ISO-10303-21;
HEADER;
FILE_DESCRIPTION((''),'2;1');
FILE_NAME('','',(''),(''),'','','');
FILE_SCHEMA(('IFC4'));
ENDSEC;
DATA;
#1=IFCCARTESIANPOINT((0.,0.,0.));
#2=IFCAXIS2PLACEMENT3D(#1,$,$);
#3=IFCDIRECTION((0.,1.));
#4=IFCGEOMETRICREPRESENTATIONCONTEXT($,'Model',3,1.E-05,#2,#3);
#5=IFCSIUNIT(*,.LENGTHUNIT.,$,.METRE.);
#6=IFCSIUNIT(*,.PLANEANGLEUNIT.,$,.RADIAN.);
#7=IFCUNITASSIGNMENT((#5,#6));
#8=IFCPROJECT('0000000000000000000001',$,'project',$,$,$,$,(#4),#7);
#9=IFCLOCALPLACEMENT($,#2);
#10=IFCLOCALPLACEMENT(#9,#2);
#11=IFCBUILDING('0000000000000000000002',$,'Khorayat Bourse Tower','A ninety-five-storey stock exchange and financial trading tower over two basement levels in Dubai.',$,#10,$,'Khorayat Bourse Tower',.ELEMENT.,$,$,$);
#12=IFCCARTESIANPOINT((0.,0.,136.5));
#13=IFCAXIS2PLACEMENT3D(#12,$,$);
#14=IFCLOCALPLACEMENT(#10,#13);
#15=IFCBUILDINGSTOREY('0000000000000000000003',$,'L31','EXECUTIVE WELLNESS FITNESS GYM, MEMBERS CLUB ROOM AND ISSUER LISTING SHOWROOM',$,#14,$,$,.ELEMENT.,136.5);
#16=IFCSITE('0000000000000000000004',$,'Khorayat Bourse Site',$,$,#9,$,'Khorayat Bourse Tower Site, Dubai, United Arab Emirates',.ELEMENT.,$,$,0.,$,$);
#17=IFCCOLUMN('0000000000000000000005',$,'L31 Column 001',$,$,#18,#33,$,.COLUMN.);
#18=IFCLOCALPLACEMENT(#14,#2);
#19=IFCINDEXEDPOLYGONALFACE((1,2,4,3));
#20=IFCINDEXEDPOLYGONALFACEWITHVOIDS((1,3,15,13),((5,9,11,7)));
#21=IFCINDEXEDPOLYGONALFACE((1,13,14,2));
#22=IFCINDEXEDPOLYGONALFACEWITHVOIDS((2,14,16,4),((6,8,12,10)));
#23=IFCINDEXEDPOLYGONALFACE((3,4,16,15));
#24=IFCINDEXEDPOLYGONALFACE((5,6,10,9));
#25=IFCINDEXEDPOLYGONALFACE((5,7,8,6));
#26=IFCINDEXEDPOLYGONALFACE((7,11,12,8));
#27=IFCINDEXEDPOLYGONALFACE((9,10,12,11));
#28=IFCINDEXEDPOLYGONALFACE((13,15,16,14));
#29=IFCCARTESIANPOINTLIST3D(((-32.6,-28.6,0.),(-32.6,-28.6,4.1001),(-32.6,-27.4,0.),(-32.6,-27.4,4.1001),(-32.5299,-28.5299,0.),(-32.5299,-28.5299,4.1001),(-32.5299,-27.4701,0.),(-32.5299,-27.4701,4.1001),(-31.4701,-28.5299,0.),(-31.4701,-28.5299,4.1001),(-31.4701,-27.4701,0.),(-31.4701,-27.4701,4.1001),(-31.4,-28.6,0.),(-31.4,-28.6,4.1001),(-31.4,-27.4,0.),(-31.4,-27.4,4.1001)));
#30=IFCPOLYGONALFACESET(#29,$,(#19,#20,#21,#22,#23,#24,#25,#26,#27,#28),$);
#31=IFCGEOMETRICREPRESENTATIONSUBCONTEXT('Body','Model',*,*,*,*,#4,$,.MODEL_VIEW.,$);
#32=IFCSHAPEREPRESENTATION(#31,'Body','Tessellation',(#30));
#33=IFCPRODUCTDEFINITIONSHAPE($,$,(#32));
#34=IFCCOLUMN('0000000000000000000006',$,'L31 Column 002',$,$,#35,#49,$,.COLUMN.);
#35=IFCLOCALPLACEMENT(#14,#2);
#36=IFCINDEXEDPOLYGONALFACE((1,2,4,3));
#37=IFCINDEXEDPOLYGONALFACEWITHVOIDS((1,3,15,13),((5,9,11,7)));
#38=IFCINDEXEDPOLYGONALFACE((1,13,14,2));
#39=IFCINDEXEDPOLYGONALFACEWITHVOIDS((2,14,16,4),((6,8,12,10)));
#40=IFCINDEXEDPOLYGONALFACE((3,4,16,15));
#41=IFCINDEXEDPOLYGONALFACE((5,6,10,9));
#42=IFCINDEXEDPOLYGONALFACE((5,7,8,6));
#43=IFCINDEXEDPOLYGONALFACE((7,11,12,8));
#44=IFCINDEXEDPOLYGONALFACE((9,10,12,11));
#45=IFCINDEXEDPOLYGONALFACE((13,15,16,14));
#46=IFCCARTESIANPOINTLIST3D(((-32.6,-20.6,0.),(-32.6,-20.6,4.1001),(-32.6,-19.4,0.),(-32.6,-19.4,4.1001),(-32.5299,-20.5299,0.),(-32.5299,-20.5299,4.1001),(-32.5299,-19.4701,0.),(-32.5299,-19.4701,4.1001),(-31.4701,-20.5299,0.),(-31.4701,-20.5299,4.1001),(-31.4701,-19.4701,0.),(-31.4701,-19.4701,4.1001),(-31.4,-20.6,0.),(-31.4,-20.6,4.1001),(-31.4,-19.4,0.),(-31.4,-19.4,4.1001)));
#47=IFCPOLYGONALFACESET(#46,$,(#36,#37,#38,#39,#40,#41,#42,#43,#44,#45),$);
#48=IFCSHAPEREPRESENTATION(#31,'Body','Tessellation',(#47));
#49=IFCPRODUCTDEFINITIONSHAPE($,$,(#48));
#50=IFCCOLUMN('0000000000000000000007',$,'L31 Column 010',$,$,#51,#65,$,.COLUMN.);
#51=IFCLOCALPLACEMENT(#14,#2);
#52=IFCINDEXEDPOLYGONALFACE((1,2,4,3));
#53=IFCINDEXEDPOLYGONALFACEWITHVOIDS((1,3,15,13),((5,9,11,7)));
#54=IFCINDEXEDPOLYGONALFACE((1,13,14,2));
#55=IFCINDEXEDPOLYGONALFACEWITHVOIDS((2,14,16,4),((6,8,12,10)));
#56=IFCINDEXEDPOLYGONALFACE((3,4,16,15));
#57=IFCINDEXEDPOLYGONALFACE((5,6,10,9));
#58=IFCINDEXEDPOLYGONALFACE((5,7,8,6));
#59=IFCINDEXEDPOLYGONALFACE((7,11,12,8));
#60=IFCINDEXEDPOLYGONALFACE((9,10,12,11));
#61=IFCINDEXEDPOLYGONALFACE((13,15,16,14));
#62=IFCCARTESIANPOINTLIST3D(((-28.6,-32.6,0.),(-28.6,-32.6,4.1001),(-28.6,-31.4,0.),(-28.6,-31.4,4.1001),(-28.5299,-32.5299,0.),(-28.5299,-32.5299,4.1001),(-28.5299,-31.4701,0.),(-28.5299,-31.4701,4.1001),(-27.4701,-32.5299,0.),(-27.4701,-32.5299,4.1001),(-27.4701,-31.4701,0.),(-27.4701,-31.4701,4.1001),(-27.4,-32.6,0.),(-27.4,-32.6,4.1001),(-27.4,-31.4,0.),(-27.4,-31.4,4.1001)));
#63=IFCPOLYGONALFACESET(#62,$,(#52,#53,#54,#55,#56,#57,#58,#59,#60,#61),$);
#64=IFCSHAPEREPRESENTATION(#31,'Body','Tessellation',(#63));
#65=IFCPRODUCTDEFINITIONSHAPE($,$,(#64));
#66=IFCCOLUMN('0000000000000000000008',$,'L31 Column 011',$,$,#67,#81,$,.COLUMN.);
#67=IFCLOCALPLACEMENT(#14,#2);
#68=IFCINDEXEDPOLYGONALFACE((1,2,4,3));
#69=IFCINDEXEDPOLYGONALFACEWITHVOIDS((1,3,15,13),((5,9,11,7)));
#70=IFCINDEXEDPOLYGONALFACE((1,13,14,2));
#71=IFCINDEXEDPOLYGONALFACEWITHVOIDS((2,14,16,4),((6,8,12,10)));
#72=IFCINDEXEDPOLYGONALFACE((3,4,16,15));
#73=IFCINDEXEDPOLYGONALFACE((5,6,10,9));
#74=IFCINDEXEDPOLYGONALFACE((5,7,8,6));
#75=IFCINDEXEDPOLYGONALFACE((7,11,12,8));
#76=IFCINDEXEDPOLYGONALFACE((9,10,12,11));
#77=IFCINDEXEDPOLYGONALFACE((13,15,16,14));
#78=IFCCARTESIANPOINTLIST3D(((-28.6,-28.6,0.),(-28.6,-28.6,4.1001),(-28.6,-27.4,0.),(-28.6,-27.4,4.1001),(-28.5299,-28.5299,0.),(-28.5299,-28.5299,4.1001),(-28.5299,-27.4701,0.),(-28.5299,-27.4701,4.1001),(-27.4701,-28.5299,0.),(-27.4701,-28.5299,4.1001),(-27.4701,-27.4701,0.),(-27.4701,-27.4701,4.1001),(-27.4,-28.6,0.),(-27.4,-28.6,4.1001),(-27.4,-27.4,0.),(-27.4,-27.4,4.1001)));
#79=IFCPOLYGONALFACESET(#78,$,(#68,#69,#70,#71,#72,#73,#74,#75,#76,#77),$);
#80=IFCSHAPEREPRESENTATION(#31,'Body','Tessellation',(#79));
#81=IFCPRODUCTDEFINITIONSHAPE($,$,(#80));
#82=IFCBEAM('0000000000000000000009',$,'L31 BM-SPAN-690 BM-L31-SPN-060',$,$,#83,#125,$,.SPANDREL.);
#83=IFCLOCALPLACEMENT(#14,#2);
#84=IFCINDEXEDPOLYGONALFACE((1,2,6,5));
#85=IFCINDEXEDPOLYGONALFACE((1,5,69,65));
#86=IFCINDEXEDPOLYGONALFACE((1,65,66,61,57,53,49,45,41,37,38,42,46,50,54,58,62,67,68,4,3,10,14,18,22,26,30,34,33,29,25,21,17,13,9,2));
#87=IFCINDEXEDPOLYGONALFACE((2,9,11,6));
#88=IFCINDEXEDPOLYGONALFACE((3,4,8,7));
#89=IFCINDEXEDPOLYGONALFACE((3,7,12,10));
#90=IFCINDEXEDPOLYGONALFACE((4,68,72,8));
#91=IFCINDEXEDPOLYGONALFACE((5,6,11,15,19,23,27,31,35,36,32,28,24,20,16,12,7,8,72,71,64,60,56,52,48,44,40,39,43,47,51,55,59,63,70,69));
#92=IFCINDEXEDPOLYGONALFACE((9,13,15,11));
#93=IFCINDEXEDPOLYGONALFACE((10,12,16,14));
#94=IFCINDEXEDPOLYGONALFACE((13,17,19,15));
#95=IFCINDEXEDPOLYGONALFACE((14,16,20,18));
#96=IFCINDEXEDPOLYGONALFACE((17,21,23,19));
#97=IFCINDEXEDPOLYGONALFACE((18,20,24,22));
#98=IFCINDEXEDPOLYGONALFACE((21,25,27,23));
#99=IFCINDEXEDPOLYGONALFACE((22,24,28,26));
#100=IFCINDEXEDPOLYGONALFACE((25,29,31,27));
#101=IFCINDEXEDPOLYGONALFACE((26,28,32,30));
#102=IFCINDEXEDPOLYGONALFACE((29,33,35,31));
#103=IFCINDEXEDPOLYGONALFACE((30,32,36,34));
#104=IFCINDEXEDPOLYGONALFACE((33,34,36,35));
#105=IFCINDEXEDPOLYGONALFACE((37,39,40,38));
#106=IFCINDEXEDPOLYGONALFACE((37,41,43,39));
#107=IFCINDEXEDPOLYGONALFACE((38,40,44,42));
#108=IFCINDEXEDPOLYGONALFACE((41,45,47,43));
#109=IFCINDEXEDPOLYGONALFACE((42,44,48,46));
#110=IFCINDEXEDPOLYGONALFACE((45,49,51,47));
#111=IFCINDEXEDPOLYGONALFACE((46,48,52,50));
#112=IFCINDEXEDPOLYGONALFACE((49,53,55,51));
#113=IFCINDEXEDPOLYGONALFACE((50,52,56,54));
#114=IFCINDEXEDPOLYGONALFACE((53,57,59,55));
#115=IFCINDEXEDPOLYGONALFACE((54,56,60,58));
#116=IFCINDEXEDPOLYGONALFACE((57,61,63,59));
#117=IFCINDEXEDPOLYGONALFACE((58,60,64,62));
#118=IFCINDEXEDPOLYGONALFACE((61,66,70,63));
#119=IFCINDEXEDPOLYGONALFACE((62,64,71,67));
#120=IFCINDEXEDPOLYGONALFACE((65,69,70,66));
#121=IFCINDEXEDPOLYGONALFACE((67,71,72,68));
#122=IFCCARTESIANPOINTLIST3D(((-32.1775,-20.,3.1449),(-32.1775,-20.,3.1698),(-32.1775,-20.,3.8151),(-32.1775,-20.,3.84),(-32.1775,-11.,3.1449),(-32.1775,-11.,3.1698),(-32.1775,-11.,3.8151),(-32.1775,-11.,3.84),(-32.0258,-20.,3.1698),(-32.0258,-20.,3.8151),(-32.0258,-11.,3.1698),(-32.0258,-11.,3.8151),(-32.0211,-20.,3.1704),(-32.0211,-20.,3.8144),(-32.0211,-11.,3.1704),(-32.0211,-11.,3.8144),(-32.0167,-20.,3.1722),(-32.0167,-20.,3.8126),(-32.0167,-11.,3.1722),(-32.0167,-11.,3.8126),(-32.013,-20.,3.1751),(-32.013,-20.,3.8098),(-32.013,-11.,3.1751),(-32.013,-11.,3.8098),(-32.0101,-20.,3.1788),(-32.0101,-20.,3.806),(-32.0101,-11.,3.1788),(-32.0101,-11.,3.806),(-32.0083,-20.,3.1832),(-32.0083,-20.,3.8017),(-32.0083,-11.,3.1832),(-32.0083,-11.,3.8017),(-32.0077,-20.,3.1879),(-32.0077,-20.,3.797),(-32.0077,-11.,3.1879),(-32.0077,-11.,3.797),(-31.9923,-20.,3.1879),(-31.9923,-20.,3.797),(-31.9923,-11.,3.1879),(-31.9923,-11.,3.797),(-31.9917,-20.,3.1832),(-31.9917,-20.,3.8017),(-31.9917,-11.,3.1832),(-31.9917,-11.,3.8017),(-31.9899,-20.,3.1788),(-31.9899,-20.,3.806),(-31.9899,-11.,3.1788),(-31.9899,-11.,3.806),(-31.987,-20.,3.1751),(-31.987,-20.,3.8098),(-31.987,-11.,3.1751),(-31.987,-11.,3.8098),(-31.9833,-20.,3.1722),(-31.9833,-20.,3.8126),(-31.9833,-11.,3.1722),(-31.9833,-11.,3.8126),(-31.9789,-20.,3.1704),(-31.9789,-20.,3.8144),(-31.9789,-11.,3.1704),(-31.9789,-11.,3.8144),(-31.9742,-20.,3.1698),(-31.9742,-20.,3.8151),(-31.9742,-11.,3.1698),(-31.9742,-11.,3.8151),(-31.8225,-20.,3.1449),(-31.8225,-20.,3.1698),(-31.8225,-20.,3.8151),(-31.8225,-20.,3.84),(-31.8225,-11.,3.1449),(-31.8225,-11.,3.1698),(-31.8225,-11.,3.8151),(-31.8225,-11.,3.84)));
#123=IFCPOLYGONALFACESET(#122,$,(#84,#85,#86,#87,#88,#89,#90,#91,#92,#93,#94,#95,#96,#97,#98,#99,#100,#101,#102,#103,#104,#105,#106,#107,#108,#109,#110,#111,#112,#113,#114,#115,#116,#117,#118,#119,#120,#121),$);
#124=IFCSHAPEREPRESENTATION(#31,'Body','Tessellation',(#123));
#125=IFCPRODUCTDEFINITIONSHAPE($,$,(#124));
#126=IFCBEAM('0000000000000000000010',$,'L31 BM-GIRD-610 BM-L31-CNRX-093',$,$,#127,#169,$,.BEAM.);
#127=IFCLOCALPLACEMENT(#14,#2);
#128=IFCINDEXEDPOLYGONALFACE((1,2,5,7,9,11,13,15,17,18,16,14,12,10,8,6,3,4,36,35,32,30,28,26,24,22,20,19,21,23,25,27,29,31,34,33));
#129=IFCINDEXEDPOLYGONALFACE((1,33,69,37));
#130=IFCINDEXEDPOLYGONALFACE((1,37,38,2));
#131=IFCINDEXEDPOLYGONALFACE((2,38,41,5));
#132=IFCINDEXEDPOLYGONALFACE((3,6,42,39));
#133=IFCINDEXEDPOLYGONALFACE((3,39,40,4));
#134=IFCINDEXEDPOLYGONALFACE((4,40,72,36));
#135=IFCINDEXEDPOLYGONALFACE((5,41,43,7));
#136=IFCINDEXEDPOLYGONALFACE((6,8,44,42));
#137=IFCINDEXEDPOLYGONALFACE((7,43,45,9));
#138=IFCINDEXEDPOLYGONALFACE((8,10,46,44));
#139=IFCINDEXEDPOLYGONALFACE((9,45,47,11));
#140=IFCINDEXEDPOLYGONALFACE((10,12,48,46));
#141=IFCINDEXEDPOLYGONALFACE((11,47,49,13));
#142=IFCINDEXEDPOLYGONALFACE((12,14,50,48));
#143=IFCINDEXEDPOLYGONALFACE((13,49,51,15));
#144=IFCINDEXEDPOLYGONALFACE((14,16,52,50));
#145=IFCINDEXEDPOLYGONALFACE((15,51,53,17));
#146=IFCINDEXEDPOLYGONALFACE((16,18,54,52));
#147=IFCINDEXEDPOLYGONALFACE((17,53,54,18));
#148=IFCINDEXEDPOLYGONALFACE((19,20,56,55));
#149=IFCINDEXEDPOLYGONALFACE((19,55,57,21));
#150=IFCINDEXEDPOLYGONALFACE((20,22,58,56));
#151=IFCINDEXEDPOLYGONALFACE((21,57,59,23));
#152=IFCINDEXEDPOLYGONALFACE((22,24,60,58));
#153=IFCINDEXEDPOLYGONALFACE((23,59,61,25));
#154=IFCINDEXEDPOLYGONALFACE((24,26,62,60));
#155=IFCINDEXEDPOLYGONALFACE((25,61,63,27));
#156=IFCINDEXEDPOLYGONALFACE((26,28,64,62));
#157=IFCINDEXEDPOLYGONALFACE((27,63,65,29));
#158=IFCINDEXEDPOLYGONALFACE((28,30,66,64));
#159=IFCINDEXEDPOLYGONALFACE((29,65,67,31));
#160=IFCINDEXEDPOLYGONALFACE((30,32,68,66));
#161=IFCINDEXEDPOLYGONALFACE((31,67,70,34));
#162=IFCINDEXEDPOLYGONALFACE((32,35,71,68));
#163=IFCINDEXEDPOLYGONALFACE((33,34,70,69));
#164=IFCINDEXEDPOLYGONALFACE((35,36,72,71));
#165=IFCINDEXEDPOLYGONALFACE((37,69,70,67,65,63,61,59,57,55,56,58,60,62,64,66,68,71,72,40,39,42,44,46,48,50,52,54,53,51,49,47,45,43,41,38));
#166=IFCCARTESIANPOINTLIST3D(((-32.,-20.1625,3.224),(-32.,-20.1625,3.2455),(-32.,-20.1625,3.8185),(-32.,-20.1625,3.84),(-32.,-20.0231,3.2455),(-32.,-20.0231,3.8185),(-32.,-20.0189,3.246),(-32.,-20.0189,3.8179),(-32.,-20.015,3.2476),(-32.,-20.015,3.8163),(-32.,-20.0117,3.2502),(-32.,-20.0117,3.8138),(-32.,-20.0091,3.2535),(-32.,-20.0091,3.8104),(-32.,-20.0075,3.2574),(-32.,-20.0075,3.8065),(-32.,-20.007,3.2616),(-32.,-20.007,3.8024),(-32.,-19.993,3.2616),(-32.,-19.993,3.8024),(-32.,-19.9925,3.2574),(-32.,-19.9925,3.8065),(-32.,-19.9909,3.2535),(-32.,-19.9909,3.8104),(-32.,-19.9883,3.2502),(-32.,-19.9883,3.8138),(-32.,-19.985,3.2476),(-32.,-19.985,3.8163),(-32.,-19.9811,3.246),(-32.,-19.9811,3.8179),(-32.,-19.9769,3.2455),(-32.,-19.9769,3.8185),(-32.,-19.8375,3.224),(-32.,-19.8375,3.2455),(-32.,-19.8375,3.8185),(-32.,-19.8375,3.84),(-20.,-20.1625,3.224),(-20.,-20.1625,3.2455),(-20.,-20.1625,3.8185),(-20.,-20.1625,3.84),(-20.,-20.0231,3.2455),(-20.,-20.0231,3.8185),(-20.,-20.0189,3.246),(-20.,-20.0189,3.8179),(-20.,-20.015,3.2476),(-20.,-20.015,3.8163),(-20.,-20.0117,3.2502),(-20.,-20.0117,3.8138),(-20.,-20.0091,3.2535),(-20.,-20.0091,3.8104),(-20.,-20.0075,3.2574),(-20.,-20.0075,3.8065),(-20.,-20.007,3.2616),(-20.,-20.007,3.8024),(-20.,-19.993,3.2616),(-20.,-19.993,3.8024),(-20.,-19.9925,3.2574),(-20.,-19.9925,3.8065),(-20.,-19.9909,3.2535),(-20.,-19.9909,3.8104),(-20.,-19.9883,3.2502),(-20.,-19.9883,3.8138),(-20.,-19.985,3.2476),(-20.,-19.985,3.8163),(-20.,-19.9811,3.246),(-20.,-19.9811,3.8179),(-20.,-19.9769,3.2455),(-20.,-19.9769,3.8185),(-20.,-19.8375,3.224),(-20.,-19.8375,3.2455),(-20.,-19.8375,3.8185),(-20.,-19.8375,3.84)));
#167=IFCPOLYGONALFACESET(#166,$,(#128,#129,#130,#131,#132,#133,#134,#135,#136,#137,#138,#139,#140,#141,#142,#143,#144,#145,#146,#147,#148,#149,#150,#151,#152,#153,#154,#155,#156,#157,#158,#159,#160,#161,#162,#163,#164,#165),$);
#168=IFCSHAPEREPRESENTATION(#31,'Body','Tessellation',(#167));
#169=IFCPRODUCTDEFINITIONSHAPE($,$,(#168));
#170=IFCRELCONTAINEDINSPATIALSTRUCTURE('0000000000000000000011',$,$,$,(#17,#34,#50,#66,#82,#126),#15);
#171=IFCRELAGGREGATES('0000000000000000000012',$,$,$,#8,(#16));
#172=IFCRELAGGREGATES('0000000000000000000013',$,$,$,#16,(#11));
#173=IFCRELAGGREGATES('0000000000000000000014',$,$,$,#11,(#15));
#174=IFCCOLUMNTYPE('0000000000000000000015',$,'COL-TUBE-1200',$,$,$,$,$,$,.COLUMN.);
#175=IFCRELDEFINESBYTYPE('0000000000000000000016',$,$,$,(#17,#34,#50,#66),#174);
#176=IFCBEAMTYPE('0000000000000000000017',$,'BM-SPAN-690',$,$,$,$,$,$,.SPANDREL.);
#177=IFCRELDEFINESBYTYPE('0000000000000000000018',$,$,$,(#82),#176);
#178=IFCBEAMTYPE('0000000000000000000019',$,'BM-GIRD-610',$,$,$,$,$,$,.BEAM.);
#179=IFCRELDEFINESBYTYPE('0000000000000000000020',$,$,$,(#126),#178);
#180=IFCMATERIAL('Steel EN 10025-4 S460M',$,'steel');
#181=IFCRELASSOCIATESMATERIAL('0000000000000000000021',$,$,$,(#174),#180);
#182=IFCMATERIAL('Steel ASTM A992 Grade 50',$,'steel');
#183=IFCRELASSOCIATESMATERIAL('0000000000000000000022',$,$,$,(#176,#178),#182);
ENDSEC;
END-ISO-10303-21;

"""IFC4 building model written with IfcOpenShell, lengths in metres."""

from ifc_helpers import new_model, si_unit, direction, frame, origin, origin_2d, place, context, subcontext, project, spatial, hollow_rectangle, i_section, extrude, source, transform, mapped, material, material_profile, profile_set, type_object, element, save


model = new_model("IFC4")

# Units and contexts
model_context = context("Model", 3, precision=1e-05, world=origin(), true_north=direction((0.0, 1.0)))
body_context = subcontext(model_context, "Body", "Model", "MODEL_VIEW")
ifc_project = project(units=[si_unit("LENGTHUNIT", "METRE"), si_unit("PLANEANGLEUNIT", "RADIAN")], contexts=[model_context])

# Site, building, storey
site_placement = place(None, origin())
site = spatial("IfcSite", under=ifc_project, at=site_placement, Name="Khorayat Bourse Site", LongName="Khorayat Bourse Tower Site, Dubai, United Arab Emirates", CompositionType="ELEMENT", RefElevation=0.0)
building_placement = place(site_placement, origin())
building = spatial("IfcBuilding", under=site, at=building_placement, Name="Khorayat Bourse Tower", Description="A ninety-five-storey stock exchange and financial trading tower over two basement levels in Dubai.", LongName="Khorayat Bourse Tower", CompositionType="ELEMENT")
storey_placement = place(building_placement, frame((0.0, 0.0, 136.5)))
storey = spatial("IfcBuildingStorey", under=building, at=storey_placement, Name="L31", Description="EXECUTIVE WELLNESS FITNESS GYM, MEMBERS CLUB ROOM AND ISSUER LISTING SHOWROOM", CompositionType="ELEMENT", Elevation=136.5)

# Columns
ifc_material_1 = material(Name="Steel EN 10025-4 S460M", Category="steel")
ifc_material_profile_1 = material_profile(ifc_material_1, hollow_rectangle(XDim=1.2, YDim=1.2, WallThickness=0.0701, at=origin_2d()), Name="BOX 1200x1200x70")
ifc_profile_set_1 = profile_set([ifc_material_profile_1], Name="Steel EN 10025-4 S460M")
column_type = type_object("IfcColumnType", Name="COL-TUBE-1200", PredefinedType="COLUMN", material=ifc_profile_set_1)
shared_shape_1 = source(origin(), body_context, "Body", "SweptSolid", [
    extrude(hollow_rectangle(XDim=1.2, YDim=1.2, WallThickness=0.0701, at=origin_2d()), origin(), (0.0, 0.0, 1.0), 4.1001),
])
for number, where, z_axis, x_axis, name in (
    (1, (-32.0, -28.0, 0.0), (0.0, 0.0, 1.0), (1.0, 0.0, 0.0), "L31 Column 001"),
    (2, (-32.0, -20.0, 0.0), (0.0, 0.0, 1.0), (1.0, 0.0, 0.0), "L31 Column 002"),
    (3, (-28.0, -32.0, 0.0), (0.0, 0.0, 1.0), (1.0, 0.0, 0.0), "L31 Column 010"),
    (4, (-28.0, -28.0, 0.0), (0.0, 0.0, 1.0), (1.0, 0.0, 0.0), "L31 Column 011"),
):
    element("IfcColumn", number, at=place(storey_placement, frame(where, z_axis=z_axis, x_axis=x_axis)), inside=storey, type_object=column_type, Name=name, PredefinedType="COLUMN", context=body_context, shape_type="MappedRepresentation", body=[
        mapped(shared_shape_1, transform((0.0, 0.0, 0.0), scale=1.0)),
    ])

# Beams
ifc_material_2 = material(Name="Steel ASTM A992 Grade 50", Category="steel")
ifc_material_profile_2 = material_profile(ifc_material_2, i_section(OverallWidth=0.355, OverallDepth=0.6951, WebThickness=0.0154, FlangeThickness=0.0249, FilletRadius=0.0181, at=origin_2d()), Name="W690X217")
ifc_profile_set_2 = profile_set([ifc_material_profile_2], Name="Steel ASTM A992 Grade 50")
beam_type_1 = type_object("IfcBeamType", Name="BM-SPAN-690", PredefinedType="SPANDREL", material=ifc_profile_set_2)
shared_shape_2 = source(origin(), body_context, "Body", "SweptSolid", [
    extrude(i_section(OverallWidth=0.355, OverallDepth=0.6951, WebThickness=0.0154, FlangeThickness=0.0249, FilletRadius=0.0181, at=origin_2d()), origin(), (0.0, 0.0, 1.0), 9.0),
])
beam_1_placement = place(storey_placement, frame((-32.0, -20.0, 3.4924), z_axis=(0.0, 1.0, 0.0), x_axis=(-1.0, 0.0, 0.0)))
element("IfcBeam", 5, at=beam_1_placement, inside=storey, type_object=beam_type_1, Name="L31 BM-SPAN-690 BM-L31-SPN-060", PredefinedType="SPANDREL", context=body_context, shape_type="MappedRepresentation", body=[
    mapped(shared_shape_2, transform((0.0, 0.0, 0.0), scale=1.0)),
])
ifc_material_profile_3 = material_profile(ifc_material_2, i_section(OverallWidth=0.325, OverallDepth=0.616, WebThickness=0.0139, FlangeThickness=0.0215, FilletRadius=0.0161, at=origin_2d()), Name="W610X174")
ifc_profile_set_3 = profile_set([ifc_material_profile_3], Name="Steel ASTM A992 Grade 50")
beam_type_2 = type_object("IfcBeamType", Name="BM-GIRD-610", PredefinedType="BEAM", material=ifc_profile_set_3)
shared_shape_3 = source(origin(), body_context, "Body", "SweptSolid", [
    extrude(i_section(OverallWidth=0.325, OverallDepth=0.616, WebThickness=0.0139, FlangeThickness=0.0215, FilletRadius=0.0161, at=origin_2d()), origin(), (0.0, 0.0, 1.0), 12.0),
])
beam_2_placement = place(storey_placement, frame((-32.0, -20.0, 3.532), z_axis=(1.0, 0.0, 0.0), x_axis=(0.0, 1.0, 0.0)))
element("IfcBeam", 6, at=beam_2_placement, inside=storey, type_object=beam_type_2, Name="L31 BM-GIRD-610 BM-L31-CNRX-093", PredefinedType="BEAM", context=body_context, shape_type="MappedRepresentation", body=[
    mapped(shared_shape_3, transform((0.0, 0.0, 0.0), scale=1.0)),
])

save(model, "model.ifc")
